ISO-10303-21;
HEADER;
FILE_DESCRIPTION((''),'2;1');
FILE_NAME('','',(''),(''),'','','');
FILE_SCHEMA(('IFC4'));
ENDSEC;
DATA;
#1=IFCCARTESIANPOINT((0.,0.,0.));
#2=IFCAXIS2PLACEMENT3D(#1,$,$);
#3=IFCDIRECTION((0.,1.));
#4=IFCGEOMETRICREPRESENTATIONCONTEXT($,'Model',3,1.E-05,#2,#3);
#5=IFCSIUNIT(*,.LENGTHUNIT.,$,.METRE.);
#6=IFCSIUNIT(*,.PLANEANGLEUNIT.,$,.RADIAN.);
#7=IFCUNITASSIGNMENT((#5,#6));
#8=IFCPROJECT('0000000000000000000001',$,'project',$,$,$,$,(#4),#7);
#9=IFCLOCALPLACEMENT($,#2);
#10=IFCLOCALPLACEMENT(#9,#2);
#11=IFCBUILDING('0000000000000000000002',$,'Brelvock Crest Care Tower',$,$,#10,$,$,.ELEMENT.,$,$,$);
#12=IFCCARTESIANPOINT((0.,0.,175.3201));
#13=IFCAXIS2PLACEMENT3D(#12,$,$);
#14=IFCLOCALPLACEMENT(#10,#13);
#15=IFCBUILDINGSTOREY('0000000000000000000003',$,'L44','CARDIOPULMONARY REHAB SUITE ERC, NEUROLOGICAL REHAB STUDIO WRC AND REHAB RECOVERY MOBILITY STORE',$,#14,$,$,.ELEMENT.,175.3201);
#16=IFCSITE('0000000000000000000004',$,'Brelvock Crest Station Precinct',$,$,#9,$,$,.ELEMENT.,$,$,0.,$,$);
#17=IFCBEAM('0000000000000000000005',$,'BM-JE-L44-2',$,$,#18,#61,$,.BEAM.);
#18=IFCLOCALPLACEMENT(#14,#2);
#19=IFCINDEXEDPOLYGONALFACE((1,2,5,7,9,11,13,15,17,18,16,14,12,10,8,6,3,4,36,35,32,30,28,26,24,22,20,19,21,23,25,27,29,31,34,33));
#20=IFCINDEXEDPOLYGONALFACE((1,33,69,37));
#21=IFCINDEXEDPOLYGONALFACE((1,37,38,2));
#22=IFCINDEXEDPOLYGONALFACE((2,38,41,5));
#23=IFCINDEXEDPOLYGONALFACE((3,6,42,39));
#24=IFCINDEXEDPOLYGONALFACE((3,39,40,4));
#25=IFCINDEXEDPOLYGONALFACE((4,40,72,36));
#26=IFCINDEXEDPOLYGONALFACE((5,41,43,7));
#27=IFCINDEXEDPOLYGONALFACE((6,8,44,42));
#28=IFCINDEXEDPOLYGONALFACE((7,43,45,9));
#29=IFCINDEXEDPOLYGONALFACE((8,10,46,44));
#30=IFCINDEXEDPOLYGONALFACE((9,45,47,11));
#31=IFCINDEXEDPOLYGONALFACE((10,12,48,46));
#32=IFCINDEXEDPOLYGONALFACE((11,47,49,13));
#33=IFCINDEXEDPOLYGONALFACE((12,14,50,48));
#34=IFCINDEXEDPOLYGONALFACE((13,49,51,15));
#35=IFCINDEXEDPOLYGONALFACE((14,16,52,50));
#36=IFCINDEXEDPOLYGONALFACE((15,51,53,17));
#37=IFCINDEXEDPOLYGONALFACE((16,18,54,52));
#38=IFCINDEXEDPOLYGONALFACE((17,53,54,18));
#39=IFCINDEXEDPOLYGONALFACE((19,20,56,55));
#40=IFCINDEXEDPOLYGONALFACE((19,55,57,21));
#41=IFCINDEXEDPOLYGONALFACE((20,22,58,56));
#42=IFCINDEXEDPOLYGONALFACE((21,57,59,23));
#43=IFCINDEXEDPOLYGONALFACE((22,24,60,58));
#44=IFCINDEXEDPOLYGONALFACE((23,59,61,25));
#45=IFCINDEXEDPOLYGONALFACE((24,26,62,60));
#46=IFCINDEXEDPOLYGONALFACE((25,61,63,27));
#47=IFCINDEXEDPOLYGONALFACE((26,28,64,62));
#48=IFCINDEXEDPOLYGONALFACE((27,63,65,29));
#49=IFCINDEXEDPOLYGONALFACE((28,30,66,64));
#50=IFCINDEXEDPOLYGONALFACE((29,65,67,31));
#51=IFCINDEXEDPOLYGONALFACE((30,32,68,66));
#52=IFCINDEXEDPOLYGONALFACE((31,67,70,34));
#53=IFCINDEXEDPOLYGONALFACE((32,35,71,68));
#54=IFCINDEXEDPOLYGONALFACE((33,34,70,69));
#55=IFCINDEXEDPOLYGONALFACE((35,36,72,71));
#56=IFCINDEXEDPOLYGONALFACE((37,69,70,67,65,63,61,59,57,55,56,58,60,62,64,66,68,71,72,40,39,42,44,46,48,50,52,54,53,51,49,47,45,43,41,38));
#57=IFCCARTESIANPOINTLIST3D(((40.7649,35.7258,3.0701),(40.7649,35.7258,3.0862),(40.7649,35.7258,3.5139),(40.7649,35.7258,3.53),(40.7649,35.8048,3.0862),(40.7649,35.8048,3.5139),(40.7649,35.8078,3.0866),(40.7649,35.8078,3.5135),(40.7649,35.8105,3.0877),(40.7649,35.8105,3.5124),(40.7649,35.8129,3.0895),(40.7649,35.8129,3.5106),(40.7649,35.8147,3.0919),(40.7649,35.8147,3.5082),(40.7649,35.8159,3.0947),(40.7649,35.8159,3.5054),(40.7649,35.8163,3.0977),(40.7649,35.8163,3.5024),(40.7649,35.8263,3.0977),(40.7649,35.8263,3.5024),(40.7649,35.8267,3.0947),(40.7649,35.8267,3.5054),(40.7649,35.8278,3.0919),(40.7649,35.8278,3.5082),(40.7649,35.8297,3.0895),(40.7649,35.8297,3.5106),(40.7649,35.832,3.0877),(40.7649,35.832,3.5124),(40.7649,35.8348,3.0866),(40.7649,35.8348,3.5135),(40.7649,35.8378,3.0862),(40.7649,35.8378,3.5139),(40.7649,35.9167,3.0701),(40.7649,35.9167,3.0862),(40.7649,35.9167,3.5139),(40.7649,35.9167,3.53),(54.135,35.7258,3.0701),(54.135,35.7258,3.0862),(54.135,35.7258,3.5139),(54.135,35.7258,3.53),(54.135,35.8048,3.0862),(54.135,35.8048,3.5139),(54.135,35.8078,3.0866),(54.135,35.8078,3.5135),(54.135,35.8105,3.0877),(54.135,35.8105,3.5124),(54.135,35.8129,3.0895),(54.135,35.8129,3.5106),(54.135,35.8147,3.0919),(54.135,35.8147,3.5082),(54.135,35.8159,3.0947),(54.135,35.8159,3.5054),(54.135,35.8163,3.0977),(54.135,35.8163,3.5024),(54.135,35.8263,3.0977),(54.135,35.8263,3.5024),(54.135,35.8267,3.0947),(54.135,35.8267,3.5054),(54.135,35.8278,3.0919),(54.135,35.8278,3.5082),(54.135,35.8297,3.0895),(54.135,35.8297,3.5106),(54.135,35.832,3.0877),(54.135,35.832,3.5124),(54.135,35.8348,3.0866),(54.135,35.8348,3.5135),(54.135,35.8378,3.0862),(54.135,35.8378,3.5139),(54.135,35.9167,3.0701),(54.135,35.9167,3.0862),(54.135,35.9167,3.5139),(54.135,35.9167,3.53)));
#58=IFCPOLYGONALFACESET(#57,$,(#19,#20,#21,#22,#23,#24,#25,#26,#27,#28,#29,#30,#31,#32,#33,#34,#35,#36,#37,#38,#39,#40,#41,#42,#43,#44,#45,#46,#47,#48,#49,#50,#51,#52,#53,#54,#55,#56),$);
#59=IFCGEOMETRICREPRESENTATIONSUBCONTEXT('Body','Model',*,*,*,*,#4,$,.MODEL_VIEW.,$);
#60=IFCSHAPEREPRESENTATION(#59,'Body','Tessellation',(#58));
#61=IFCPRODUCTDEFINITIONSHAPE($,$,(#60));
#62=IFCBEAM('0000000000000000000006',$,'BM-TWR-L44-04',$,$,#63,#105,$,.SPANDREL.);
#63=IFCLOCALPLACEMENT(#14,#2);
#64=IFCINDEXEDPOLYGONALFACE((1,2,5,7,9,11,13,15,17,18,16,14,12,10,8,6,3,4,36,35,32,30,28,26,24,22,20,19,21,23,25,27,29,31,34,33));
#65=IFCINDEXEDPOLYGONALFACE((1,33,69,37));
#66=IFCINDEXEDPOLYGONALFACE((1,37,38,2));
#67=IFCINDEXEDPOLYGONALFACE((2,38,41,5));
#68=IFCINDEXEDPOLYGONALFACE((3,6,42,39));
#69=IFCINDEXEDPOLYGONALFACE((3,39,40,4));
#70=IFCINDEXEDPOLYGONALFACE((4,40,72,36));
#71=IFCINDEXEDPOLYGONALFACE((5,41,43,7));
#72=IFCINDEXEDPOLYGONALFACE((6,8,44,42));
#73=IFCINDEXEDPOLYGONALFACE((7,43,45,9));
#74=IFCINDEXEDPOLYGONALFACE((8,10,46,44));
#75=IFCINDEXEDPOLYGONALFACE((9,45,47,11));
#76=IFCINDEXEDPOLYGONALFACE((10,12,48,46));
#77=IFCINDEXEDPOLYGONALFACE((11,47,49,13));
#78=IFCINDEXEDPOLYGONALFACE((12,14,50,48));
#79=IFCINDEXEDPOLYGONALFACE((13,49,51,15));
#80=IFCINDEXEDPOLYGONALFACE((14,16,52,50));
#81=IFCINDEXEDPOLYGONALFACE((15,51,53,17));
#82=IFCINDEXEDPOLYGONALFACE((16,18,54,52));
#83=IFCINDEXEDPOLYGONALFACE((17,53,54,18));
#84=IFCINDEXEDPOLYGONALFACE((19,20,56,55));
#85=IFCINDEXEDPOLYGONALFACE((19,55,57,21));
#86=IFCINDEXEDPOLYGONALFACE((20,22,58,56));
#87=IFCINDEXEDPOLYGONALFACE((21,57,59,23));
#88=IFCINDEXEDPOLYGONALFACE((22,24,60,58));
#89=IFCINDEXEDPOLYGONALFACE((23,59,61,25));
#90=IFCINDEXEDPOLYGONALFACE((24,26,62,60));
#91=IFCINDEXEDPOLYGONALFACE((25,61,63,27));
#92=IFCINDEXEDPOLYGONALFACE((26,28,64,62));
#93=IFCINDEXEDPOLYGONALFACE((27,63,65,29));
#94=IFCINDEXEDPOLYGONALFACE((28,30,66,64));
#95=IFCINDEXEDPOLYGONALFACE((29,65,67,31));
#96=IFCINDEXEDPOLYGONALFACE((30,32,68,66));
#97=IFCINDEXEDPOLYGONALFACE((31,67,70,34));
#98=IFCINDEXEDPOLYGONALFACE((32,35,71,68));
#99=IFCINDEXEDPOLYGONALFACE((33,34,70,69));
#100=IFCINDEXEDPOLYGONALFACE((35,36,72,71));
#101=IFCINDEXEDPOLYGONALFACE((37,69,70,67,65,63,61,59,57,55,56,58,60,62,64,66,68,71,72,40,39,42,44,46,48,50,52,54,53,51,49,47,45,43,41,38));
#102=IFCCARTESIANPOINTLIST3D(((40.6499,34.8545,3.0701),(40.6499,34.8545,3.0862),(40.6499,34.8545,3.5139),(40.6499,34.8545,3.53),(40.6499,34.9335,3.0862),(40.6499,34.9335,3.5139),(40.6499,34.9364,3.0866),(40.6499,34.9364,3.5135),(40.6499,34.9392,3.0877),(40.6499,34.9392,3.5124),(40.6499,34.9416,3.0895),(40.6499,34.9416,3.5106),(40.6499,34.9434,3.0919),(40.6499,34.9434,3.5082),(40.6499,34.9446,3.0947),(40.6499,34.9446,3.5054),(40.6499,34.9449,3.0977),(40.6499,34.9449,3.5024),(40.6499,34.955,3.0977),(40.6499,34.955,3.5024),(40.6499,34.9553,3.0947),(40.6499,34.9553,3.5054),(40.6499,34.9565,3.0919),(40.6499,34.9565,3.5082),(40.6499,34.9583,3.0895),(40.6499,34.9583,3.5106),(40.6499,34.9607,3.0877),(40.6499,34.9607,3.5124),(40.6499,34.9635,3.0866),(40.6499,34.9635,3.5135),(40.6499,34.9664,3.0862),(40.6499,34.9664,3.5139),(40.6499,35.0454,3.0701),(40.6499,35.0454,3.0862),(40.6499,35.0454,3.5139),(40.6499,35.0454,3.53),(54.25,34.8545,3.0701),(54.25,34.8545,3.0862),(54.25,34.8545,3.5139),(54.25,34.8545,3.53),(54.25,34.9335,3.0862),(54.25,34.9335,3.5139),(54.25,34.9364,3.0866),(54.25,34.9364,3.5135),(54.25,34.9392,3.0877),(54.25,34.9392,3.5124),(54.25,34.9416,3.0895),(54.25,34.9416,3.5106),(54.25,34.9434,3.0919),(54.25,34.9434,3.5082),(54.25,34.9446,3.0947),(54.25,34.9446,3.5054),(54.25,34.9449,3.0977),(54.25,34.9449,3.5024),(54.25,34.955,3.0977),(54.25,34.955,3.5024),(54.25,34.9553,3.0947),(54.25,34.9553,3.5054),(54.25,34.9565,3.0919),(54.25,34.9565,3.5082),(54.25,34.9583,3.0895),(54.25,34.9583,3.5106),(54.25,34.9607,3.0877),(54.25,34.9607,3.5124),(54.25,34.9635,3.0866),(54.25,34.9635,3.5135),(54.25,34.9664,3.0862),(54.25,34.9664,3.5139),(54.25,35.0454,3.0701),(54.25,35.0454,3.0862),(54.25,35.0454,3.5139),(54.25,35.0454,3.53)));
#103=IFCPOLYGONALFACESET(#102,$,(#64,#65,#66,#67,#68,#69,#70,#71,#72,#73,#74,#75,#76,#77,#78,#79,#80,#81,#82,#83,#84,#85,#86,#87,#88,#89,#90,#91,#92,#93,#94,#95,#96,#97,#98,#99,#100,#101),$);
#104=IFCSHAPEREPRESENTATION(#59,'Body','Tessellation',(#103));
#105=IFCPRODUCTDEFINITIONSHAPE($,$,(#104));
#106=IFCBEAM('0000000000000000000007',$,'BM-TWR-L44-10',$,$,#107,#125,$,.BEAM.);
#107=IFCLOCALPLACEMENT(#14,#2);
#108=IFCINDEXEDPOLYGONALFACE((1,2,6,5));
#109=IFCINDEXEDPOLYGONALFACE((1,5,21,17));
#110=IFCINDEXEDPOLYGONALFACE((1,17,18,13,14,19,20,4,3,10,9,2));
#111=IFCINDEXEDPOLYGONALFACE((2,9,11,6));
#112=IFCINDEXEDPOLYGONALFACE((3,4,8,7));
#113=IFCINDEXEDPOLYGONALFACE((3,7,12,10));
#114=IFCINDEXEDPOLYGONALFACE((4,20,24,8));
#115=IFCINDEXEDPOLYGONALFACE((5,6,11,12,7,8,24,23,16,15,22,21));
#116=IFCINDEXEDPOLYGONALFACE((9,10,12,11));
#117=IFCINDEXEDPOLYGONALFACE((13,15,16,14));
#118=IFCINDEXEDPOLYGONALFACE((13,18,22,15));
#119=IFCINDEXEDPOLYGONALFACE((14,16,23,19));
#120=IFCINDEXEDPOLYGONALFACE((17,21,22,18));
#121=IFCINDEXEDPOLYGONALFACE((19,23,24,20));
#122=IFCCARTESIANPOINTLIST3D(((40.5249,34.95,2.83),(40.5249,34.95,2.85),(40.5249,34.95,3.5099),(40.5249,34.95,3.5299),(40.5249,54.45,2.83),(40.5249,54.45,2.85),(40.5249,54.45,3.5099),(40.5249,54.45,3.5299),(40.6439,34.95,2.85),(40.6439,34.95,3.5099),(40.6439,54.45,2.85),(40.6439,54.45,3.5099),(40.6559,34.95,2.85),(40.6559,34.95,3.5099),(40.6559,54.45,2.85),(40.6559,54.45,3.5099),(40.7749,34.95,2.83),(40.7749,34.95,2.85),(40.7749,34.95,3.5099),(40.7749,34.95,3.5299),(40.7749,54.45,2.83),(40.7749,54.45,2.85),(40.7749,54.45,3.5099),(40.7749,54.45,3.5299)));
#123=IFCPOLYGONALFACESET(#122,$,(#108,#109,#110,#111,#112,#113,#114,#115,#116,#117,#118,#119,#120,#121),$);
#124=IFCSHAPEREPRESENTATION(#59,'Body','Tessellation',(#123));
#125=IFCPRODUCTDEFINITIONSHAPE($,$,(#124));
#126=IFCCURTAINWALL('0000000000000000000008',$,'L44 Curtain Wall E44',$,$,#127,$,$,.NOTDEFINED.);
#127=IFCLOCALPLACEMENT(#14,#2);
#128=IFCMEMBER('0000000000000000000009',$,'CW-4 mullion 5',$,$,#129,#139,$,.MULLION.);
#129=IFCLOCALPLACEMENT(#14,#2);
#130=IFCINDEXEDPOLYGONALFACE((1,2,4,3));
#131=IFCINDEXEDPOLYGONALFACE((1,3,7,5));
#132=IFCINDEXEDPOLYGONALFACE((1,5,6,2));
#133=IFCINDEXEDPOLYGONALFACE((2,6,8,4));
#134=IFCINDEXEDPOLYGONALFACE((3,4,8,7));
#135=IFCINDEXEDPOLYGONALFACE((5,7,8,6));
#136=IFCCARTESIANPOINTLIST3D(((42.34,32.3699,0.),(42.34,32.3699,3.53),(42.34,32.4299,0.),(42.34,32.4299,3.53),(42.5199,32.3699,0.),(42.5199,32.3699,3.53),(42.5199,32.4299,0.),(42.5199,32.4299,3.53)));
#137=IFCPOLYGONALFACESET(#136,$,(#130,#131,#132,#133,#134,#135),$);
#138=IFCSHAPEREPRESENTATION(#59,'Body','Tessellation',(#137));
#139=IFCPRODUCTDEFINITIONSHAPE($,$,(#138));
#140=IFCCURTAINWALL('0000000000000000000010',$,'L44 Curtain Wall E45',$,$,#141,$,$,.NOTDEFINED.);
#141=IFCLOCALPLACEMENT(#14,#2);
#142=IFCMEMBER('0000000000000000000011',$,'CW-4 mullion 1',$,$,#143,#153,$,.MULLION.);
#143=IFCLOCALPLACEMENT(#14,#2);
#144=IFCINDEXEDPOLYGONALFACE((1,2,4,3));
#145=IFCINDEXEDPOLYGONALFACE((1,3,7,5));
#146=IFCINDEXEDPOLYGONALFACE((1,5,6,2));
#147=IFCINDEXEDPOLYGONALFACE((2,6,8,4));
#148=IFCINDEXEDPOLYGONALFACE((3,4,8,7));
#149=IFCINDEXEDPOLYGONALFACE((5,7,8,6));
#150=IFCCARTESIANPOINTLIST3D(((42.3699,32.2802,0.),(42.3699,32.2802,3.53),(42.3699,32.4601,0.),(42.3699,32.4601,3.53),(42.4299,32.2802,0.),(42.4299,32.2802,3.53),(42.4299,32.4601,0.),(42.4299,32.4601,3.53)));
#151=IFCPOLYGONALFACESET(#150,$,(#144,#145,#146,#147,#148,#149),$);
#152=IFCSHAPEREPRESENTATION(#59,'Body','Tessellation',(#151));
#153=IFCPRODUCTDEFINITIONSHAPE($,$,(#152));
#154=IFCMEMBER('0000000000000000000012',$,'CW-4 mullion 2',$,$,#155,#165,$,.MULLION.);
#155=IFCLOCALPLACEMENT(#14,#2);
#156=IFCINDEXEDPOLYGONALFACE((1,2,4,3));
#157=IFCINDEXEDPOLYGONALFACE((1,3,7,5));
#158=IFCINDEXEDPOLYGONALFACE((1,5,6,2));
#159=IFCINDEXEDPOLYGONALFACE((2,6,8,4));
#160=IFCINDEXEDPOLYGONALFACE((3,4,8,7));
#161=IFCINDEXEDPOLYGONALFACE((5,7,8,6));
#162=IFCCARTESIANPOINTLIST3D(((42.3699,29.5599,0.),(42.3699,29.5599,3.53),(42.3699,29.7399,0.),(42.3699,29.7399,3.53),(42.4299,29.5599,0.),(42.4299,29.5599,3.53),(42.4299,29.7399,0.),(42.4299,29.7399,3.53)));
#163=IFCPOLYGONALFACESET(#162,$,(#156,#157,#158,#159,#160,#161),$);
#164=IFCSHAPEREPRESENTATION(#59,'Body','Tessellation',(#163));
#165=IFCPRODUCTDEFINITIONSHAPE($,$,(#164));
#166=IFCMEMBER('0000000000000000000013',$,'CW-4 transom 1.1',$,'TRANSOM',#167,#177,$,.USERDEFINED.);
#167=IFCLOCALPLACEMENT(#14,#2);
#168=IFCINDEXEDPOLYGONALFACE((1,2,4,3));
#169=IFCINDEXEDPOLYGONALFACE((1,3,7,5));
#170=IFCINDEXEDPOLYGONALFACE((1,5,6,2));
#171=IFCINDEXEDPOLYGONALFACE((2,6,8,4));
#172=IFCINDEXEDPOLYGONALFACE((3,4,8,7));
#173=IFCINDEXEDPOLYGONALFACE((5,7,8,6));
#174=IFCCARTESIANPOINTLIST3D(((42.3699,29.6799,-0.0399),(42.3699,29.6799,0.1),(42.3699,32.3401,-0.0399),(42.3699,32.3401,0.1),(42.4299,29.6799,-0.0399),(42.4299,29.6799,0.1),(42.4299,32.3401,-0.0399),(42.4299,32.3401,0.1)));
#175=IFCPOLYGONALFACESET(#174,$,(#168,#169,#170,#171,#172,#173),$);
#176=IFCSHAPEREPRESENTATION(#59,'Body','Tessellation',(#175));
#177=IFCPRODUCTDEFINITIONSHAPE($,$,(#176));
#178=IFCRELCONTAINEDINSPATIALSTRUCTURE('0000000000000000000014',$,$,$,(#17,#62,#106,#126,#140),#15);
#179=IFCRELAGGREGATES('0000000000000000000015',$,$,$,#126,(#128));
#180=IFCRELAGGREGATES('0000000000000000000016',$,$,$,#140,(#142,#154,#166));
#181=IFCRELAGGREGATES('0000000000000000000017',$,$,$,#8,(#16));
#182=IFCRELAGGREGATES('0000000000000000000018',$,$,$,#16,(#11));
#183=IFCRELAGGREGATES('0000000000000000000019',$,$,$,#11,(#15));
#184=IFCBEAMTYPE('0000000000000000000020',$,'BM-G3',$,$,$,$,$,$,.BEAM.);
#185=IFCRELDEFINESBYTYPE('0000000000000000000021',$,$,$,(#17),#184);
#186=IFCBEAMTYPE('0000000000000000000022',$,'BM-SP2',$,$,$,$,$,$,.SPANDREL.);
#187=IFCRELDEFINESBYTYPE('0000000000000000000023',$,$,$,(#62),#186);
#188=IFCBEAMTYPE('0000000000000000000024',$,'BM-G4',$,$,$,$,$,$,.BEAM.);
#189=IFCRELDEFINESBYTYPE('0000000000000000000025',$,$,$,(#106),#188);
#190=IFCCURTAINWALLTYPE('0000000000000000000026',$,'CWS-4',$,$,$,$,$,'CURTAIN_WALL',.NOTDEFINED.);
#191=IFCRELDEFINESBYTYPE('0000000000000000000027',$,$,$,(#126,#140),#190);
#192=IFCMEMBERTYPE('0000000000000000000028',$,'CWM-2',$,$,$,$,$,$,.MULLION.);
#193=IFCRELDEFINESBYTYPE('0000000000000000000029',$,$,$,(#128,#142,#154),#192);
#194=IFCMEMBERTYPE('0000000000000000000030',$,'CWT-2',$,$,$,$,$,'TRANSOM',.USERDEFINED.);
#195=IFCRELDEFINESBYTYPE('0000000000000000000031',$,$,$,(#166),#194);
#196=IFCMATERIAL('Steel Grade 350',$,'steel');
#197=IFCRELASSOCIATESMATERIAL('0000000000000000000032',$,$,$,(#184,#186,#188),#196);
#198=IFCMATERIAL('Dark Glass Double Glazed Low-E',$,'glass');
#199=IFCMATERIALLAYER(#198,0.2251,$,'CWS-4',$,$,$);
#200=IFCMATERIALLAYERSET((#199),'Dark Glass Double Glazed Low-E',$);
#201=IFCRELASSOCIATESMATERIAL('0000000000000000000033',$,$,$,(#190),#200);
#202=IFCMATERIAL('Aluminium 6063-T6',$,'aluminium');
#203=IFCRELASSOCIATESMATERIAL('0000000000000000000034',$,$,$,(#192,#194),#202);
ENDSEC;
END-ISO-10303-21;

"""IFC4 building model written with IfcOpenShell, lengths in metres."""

from ifc_helpers import new_model, si_unit, direction, frame, origin, origin_2d, place, context, subcontext, project, spatial, rectangle, i_section, extrude, source, transform, mapped, material, layer, layer_set, material_profile, profile_set, type_object, element, aggregate, save


model = new_model("IFC4")

# Units and contexts
model_context = context("Model", 3, precision=1e-05, world=origin(), true_north=direction((0.0, 1.0)))
body_context = subcontext(model_context, "Body", "Model", "MODEL_VIEW")
ifc_project = project(units=[si_unit("LENGTHUNIT", "METRE"), si_unit("PLANEANGLEUNIT", "RADIAN")], contexts=[model_context])

# Site, building, storey
site_placement = place(None, origin())
site = spatial("IfcSite", under=ifc_project, at=site_placement, Name="Brelvock Crest Station Precinct", CompositionType="ELEMENT", RefElevation=0.0)
building_placement = place(site_placement, origin())
building = spatial("IfcBuilding", under=site, at=building_placement, Name="Brelvock Crest Care Tower", CompositionType="ELEMENT")
storey_placement = place(building_placement, frame((0.0, 0.0, 175.3201)))
storey = spatial("IfcBuildingStorey", under=building, at=storey_placement, Name="L44", Description="CARDIOPULMONARY REHAB SUITE ERC, NEUROLOGICAL REHAB STUDIO WRC AND REHAB RECOVERY MOBILITY STORE", CompositionType="ELEMENT", Elevation=175.3201)

# Shared definitions
ifc_material_1 = material(Name="Steel Grade 350", Category="steel")

# Beams
ifc_material_profile_1 = material_profile(ifc_material_1, i_section(OverallWidth=0.1909, OverallDepth=0.46, WebThickness=0.01, FlangeThickness=0.0161, FilletRadius=0.0115, at=origin_2d()), Name="460UB82.1")
ifc_profile_set_1 = profile_set([ifc_material_profile_1], Name="Steel Grade 350")
beam_type_1 = type_object("IfcBeamType", Name="BM-G3", PredefinedType="BEAM", material=ifc_profile_set_1)
shared_shape_1 = source(origin(), body_context, "Body", "SweptSolid", [
    extrude(i_section(OverallWidth=0.1909, OverallDepth=0.46, WebThickness=0.01, FlangeThickness=0.0161, FilletRadius=0.0115, at=origin_2d()), origin(), (0.0, 0.0, 1.0), 13.3701),
])
beam_1_placement = place(storey_placement, frame((40.7649, 35.8213, 3.3), z_axis=(1.0, 0.0, 0.0), x_axis=(0.0, 1.0, 0.0)))
element("IfcBeam", 1, at=beam_1_placement, inside=storey, type_object=beam_type_1, Name="BM-JE-L44-2", PredefinedType="BEAM", context=body_context, shape_type="MappedRepresentation", body=[
    mapped(shared_shape_1, transform((0.0, 0.0, 0.0), x_axis=(1.0, 0.0, 0.0), y_axis=(0.0, 1.0, 0.0), z_axis=(0.0, 0.0, 1.0), scale=1.0)),
])
ifc_material_profile_2 = material_profile(ifc_material_1, i_section(OverallWidth=0.1909, OverallDepth=0.46, WebThickness=0.01, FlangeThickness=0.0161, FilletRadius=0.0115, at=origin_2d()), Name="460UB82.1")
ifc_profile_set_2 = profile_set([ifc_material_profile_2], Name="Steel Grade 350")
beam_type_2 = type_object("IfcBeamType", Name="BM-SP2", PredefinedType="SPANDREL", material=ifc_profile_set_2)
shared_shape_2 = source(origin(), body_context, "Body", "SweptSolid", [
    extrude(i_section(OverallWidth=0.1909, OverallDepth=0.46, WebThickness=0.01, FlangeThickness=0.0161, FilletRadius=0.0115, at=origin_2d()), origin(), (0.0, 0.0, 1.0), 13.6001),
])
beam_2_placement = place(storey_placement, frame((40.6499, 34.95, 3.3), z_axis=(1.0, 0.0, 0.0), x_axis=(0.0, 1.0, 0.0)))
element("IfcBeam", 2, at=beam_2_placement, inside=storey, type_object=beam_type_2, Name="BM-TWR-L44-04", PredefinedType="SPANDREL", context=body_context, shape_type="MappedRepresentation", body=[
    mapped(shared_shape_2, transform((0.0, 0.0, 0.0), x_axis=(1.0, 0.0, 0.0), y_axis=(0.0, 1.0, 0.0), z_axis=(0.0, 0.0, 1.0), scale=1.0)),
])
ifc_material_profile_3 = material_profile(ifc_material_1, i_section(OverallWidth=0.25, OverallDepth=0.7, WebThickness=0.012, FlangeThickness=0.02, at=origin_2d()), Name="700WB150")
ifc_profile_set_3 = profile_set([ifc_material_profile_3], Name="Steel Grade 350")
beam_type_3 = type_object("IfcBeamType", Name="BM-G4", PredefinedType="BEAM", material=ifc_profile_set_3)
shared_shape_3 = source(origin(), body_context, "Body", "SweptSolid", [
    extrude(i_section(OverallWidth=0.25, OverallDepth=0.7, WebThickness=0.012, FlangeThickness=0.02, at=origin_2d()), origin(), (0.0, 0.0, 1.0), 19.5),
])
beam_3_placement = place(storey_placement, frame((40.6499, 34.95, 3.1799), z_axis=(0.0, 1.0, 0.0), x_axis=(-1.0, 0.0, 0.0)))
element("IfcBeam", 3, at=beam_3_placement, inside=storey, type_object=beam_type_3, Name="BM-TWR-L44-10", PredefinedType="BEAM", context=body_context, shape_type="MappedRepresentation", body=[
    mapped(shared_shape_3, transform((0.0, 0.0, 0.0), x_axis=(1.0, 0.0, 0.0), y_axis=(0.0, 1.0, 0.0), z_axis=(0.0, 0.0, 1.0), scale=1.0)),
])

# Curtain wall, member
ifc_material_2 = material(Name="Dark Glass Double Glazed Low-E", Category="glass")
ifc_layer_1 = layer(ifc_material_2, 0.2251, Name="CWS-4")
ifc_layer_set_1 = layer_set([ifc_layer_1], Name="Dark Glass Double Glazed Low-E")
curtain_wall_type = type_object("IfcCurtainWallType", Name="CWS-4", ElementType="CURTAIN_WALL", PredefinedType="NOTDEFINED", material=ifc_layer_set_1)
curtain_wall_1_placement = place(storey_placement, origin())
curtain_wall_1 = element("IfcCurtainWall", 4, at=curtain_wall_1_placement, inside=storey, type_object=curtain_wall_type, Name="L44 Curtain Wall E44", PredefinedType="NOTDEFINED")
ifc_material_3 = material(Name="Aluminium 6063-T6", Category="aluminium")
ifc_material_profile_4 = material_profile(ifc_material_3, rectangle(XDim=0.0601, YDim=0.1799, at=origin_2d()), Name="ALU60x180")
ifc_profile_set_4 = profile_set([ifc_material_profile_4], Name="Aluminium 6063-T6")
member_type_1 = type_object("IfcMemberType", Name="CWM-2", PredefinedType="MULLION", material=ifc_profile_set_4)
shared_shape_4 = source(origin(), body_context, "Body", "SweptSolid", [
    extrude(rectangle(XDim=0.0601, YDim=0.1799, at=origin_2d()), origin(), (0.0, 0.0, 1.0), 3.53),
])
member_1_placement = place(storey_placement, frame((42.4299, 32.3999, 0.0), z_axis=(0.0, 0.0, 1.0), x_axis=(0.0, -1.0, 0.0)))
member_1 = element("IfcMember", 5, at=member_1_placement, type_object=member_type_1, Name="CW-4 mullion 5", PredefinedType="MULLION", context=body_context, shape_type="MappedRepresentation", body=[
    mapped(shared_shape_4, transform((0.0, 0.0, 0.0), x_axis=(1.0, 0.0, 0.0), y_axis=(0.0, 1.0, 0.0), z_axis=(0.0, 0.0, 1.0), scale=1.0)),
])
aggregate(curtain_wall_1, [member_1])

# Curtain wall, members
curtain_wall_2_placement = place(storey_placement, origin())
curtain_wall_2 = element("IfcCurtainWall", 6, at=curtain_wall_2_placement, inside=storey, type_object=curtain_wall_type, Name="L44 Curtain Wall E45", PredefinedType="NOTDEFINED")
member_2_placement = place(storey_placement, frame((42.3999, 32.3701, 0.0), z_axis=(0.0, 0.0, 1.0), x_axis=(1.0, 0.0, 0.0)))
member_2 = element("IfcMember", 7, at=member_2_placement, type_object=member_type_1, Name="CW-4 mullion 1", PredefinedType="MULLION", context=body_context, shape_type="MappedRepresentation", body=[
    mapped(shared_shape_4, transform((0.0, 0.0, 0.0), x_axis=(1.0, 0.0, 0.0), y_axis=(0.0, 1.0, 0.0), z_axis=(0.0, 0.0, 1.0), scale=1.0)),
])
member_3_placement = place(storey_placement, frame((42.3999, 29.6499, 0.0), z_axis=(0.0, 0.0, 1.0), x_axis=(1.0, 0.0, 0.0)))
member_3 = element("IfcMember", 8, at=member_3_placement, type_object=member_type_1, Name="CW-4 mullion 2", PredefinedType="MULLION", context=body_context, shape_type="MappedRepresentation", body=[
    mapped(shared_shape_4, transform((0.0, 0.0, 0.0), x_axis=(1.0, 0.0, 0.0), y_axis=(0.0, 1.0, 0.0), z_axis=(0.0, 0.0, 1.0), scale=1.0)),
])
ifc_material_profile_5 = material_profile(ifc_material_3, rectangle(XDim=0.0601, YDim=0.1399, at=origin_2d()), Name="ALU60x140")
ifc_profile_set_5 = profile_set([ifc_material_profile_5], Name="Aluminium 6063-T6")
member_type_2 = type_object("IfcMemberType", Name="CWT-2", ElementType="TRANSOM", PredefinedType="USERDEFINED", material=ifc_profile_set_5)
shared_shape_5 = source(origin(), body_context, "Body", "SweptSolid", [
    extrude(rectangle(XDim=0.0601, YDim=0.1399, at=origin_2d()), origin(), (0.0, 0.0, 1.0), 2.6602),
])
member_4_placement = place(storey_placement, frame((42.3999, 32.3401, 0.03), z_axis=(0.0, -1.0, 0.0), x_axis=(1.0, 0.0, 0.0)))
member_4 = element("IfcMember", 9, at=member_4_placement, type_object=member_type_2, Name="CW-4 transom 1.1", ObjectType="TRANSOM", PredefinedType="USERDEFINED", context=body_context, shape_type="MappedRepresentation", body=[
    mapped(shared_shape_5, transform((0.0, 0.0, 0.0), x_axis=(1.0, 0.0, 0.0), y_axis=(0.0, 1.0, 0.0), z_axis=(0.0, 0.0, 1.0), scale=1.0)),
])
aggregate(curtain_wall_2, [member_2, member_3, member_4])

save(model, "model.ifc")
